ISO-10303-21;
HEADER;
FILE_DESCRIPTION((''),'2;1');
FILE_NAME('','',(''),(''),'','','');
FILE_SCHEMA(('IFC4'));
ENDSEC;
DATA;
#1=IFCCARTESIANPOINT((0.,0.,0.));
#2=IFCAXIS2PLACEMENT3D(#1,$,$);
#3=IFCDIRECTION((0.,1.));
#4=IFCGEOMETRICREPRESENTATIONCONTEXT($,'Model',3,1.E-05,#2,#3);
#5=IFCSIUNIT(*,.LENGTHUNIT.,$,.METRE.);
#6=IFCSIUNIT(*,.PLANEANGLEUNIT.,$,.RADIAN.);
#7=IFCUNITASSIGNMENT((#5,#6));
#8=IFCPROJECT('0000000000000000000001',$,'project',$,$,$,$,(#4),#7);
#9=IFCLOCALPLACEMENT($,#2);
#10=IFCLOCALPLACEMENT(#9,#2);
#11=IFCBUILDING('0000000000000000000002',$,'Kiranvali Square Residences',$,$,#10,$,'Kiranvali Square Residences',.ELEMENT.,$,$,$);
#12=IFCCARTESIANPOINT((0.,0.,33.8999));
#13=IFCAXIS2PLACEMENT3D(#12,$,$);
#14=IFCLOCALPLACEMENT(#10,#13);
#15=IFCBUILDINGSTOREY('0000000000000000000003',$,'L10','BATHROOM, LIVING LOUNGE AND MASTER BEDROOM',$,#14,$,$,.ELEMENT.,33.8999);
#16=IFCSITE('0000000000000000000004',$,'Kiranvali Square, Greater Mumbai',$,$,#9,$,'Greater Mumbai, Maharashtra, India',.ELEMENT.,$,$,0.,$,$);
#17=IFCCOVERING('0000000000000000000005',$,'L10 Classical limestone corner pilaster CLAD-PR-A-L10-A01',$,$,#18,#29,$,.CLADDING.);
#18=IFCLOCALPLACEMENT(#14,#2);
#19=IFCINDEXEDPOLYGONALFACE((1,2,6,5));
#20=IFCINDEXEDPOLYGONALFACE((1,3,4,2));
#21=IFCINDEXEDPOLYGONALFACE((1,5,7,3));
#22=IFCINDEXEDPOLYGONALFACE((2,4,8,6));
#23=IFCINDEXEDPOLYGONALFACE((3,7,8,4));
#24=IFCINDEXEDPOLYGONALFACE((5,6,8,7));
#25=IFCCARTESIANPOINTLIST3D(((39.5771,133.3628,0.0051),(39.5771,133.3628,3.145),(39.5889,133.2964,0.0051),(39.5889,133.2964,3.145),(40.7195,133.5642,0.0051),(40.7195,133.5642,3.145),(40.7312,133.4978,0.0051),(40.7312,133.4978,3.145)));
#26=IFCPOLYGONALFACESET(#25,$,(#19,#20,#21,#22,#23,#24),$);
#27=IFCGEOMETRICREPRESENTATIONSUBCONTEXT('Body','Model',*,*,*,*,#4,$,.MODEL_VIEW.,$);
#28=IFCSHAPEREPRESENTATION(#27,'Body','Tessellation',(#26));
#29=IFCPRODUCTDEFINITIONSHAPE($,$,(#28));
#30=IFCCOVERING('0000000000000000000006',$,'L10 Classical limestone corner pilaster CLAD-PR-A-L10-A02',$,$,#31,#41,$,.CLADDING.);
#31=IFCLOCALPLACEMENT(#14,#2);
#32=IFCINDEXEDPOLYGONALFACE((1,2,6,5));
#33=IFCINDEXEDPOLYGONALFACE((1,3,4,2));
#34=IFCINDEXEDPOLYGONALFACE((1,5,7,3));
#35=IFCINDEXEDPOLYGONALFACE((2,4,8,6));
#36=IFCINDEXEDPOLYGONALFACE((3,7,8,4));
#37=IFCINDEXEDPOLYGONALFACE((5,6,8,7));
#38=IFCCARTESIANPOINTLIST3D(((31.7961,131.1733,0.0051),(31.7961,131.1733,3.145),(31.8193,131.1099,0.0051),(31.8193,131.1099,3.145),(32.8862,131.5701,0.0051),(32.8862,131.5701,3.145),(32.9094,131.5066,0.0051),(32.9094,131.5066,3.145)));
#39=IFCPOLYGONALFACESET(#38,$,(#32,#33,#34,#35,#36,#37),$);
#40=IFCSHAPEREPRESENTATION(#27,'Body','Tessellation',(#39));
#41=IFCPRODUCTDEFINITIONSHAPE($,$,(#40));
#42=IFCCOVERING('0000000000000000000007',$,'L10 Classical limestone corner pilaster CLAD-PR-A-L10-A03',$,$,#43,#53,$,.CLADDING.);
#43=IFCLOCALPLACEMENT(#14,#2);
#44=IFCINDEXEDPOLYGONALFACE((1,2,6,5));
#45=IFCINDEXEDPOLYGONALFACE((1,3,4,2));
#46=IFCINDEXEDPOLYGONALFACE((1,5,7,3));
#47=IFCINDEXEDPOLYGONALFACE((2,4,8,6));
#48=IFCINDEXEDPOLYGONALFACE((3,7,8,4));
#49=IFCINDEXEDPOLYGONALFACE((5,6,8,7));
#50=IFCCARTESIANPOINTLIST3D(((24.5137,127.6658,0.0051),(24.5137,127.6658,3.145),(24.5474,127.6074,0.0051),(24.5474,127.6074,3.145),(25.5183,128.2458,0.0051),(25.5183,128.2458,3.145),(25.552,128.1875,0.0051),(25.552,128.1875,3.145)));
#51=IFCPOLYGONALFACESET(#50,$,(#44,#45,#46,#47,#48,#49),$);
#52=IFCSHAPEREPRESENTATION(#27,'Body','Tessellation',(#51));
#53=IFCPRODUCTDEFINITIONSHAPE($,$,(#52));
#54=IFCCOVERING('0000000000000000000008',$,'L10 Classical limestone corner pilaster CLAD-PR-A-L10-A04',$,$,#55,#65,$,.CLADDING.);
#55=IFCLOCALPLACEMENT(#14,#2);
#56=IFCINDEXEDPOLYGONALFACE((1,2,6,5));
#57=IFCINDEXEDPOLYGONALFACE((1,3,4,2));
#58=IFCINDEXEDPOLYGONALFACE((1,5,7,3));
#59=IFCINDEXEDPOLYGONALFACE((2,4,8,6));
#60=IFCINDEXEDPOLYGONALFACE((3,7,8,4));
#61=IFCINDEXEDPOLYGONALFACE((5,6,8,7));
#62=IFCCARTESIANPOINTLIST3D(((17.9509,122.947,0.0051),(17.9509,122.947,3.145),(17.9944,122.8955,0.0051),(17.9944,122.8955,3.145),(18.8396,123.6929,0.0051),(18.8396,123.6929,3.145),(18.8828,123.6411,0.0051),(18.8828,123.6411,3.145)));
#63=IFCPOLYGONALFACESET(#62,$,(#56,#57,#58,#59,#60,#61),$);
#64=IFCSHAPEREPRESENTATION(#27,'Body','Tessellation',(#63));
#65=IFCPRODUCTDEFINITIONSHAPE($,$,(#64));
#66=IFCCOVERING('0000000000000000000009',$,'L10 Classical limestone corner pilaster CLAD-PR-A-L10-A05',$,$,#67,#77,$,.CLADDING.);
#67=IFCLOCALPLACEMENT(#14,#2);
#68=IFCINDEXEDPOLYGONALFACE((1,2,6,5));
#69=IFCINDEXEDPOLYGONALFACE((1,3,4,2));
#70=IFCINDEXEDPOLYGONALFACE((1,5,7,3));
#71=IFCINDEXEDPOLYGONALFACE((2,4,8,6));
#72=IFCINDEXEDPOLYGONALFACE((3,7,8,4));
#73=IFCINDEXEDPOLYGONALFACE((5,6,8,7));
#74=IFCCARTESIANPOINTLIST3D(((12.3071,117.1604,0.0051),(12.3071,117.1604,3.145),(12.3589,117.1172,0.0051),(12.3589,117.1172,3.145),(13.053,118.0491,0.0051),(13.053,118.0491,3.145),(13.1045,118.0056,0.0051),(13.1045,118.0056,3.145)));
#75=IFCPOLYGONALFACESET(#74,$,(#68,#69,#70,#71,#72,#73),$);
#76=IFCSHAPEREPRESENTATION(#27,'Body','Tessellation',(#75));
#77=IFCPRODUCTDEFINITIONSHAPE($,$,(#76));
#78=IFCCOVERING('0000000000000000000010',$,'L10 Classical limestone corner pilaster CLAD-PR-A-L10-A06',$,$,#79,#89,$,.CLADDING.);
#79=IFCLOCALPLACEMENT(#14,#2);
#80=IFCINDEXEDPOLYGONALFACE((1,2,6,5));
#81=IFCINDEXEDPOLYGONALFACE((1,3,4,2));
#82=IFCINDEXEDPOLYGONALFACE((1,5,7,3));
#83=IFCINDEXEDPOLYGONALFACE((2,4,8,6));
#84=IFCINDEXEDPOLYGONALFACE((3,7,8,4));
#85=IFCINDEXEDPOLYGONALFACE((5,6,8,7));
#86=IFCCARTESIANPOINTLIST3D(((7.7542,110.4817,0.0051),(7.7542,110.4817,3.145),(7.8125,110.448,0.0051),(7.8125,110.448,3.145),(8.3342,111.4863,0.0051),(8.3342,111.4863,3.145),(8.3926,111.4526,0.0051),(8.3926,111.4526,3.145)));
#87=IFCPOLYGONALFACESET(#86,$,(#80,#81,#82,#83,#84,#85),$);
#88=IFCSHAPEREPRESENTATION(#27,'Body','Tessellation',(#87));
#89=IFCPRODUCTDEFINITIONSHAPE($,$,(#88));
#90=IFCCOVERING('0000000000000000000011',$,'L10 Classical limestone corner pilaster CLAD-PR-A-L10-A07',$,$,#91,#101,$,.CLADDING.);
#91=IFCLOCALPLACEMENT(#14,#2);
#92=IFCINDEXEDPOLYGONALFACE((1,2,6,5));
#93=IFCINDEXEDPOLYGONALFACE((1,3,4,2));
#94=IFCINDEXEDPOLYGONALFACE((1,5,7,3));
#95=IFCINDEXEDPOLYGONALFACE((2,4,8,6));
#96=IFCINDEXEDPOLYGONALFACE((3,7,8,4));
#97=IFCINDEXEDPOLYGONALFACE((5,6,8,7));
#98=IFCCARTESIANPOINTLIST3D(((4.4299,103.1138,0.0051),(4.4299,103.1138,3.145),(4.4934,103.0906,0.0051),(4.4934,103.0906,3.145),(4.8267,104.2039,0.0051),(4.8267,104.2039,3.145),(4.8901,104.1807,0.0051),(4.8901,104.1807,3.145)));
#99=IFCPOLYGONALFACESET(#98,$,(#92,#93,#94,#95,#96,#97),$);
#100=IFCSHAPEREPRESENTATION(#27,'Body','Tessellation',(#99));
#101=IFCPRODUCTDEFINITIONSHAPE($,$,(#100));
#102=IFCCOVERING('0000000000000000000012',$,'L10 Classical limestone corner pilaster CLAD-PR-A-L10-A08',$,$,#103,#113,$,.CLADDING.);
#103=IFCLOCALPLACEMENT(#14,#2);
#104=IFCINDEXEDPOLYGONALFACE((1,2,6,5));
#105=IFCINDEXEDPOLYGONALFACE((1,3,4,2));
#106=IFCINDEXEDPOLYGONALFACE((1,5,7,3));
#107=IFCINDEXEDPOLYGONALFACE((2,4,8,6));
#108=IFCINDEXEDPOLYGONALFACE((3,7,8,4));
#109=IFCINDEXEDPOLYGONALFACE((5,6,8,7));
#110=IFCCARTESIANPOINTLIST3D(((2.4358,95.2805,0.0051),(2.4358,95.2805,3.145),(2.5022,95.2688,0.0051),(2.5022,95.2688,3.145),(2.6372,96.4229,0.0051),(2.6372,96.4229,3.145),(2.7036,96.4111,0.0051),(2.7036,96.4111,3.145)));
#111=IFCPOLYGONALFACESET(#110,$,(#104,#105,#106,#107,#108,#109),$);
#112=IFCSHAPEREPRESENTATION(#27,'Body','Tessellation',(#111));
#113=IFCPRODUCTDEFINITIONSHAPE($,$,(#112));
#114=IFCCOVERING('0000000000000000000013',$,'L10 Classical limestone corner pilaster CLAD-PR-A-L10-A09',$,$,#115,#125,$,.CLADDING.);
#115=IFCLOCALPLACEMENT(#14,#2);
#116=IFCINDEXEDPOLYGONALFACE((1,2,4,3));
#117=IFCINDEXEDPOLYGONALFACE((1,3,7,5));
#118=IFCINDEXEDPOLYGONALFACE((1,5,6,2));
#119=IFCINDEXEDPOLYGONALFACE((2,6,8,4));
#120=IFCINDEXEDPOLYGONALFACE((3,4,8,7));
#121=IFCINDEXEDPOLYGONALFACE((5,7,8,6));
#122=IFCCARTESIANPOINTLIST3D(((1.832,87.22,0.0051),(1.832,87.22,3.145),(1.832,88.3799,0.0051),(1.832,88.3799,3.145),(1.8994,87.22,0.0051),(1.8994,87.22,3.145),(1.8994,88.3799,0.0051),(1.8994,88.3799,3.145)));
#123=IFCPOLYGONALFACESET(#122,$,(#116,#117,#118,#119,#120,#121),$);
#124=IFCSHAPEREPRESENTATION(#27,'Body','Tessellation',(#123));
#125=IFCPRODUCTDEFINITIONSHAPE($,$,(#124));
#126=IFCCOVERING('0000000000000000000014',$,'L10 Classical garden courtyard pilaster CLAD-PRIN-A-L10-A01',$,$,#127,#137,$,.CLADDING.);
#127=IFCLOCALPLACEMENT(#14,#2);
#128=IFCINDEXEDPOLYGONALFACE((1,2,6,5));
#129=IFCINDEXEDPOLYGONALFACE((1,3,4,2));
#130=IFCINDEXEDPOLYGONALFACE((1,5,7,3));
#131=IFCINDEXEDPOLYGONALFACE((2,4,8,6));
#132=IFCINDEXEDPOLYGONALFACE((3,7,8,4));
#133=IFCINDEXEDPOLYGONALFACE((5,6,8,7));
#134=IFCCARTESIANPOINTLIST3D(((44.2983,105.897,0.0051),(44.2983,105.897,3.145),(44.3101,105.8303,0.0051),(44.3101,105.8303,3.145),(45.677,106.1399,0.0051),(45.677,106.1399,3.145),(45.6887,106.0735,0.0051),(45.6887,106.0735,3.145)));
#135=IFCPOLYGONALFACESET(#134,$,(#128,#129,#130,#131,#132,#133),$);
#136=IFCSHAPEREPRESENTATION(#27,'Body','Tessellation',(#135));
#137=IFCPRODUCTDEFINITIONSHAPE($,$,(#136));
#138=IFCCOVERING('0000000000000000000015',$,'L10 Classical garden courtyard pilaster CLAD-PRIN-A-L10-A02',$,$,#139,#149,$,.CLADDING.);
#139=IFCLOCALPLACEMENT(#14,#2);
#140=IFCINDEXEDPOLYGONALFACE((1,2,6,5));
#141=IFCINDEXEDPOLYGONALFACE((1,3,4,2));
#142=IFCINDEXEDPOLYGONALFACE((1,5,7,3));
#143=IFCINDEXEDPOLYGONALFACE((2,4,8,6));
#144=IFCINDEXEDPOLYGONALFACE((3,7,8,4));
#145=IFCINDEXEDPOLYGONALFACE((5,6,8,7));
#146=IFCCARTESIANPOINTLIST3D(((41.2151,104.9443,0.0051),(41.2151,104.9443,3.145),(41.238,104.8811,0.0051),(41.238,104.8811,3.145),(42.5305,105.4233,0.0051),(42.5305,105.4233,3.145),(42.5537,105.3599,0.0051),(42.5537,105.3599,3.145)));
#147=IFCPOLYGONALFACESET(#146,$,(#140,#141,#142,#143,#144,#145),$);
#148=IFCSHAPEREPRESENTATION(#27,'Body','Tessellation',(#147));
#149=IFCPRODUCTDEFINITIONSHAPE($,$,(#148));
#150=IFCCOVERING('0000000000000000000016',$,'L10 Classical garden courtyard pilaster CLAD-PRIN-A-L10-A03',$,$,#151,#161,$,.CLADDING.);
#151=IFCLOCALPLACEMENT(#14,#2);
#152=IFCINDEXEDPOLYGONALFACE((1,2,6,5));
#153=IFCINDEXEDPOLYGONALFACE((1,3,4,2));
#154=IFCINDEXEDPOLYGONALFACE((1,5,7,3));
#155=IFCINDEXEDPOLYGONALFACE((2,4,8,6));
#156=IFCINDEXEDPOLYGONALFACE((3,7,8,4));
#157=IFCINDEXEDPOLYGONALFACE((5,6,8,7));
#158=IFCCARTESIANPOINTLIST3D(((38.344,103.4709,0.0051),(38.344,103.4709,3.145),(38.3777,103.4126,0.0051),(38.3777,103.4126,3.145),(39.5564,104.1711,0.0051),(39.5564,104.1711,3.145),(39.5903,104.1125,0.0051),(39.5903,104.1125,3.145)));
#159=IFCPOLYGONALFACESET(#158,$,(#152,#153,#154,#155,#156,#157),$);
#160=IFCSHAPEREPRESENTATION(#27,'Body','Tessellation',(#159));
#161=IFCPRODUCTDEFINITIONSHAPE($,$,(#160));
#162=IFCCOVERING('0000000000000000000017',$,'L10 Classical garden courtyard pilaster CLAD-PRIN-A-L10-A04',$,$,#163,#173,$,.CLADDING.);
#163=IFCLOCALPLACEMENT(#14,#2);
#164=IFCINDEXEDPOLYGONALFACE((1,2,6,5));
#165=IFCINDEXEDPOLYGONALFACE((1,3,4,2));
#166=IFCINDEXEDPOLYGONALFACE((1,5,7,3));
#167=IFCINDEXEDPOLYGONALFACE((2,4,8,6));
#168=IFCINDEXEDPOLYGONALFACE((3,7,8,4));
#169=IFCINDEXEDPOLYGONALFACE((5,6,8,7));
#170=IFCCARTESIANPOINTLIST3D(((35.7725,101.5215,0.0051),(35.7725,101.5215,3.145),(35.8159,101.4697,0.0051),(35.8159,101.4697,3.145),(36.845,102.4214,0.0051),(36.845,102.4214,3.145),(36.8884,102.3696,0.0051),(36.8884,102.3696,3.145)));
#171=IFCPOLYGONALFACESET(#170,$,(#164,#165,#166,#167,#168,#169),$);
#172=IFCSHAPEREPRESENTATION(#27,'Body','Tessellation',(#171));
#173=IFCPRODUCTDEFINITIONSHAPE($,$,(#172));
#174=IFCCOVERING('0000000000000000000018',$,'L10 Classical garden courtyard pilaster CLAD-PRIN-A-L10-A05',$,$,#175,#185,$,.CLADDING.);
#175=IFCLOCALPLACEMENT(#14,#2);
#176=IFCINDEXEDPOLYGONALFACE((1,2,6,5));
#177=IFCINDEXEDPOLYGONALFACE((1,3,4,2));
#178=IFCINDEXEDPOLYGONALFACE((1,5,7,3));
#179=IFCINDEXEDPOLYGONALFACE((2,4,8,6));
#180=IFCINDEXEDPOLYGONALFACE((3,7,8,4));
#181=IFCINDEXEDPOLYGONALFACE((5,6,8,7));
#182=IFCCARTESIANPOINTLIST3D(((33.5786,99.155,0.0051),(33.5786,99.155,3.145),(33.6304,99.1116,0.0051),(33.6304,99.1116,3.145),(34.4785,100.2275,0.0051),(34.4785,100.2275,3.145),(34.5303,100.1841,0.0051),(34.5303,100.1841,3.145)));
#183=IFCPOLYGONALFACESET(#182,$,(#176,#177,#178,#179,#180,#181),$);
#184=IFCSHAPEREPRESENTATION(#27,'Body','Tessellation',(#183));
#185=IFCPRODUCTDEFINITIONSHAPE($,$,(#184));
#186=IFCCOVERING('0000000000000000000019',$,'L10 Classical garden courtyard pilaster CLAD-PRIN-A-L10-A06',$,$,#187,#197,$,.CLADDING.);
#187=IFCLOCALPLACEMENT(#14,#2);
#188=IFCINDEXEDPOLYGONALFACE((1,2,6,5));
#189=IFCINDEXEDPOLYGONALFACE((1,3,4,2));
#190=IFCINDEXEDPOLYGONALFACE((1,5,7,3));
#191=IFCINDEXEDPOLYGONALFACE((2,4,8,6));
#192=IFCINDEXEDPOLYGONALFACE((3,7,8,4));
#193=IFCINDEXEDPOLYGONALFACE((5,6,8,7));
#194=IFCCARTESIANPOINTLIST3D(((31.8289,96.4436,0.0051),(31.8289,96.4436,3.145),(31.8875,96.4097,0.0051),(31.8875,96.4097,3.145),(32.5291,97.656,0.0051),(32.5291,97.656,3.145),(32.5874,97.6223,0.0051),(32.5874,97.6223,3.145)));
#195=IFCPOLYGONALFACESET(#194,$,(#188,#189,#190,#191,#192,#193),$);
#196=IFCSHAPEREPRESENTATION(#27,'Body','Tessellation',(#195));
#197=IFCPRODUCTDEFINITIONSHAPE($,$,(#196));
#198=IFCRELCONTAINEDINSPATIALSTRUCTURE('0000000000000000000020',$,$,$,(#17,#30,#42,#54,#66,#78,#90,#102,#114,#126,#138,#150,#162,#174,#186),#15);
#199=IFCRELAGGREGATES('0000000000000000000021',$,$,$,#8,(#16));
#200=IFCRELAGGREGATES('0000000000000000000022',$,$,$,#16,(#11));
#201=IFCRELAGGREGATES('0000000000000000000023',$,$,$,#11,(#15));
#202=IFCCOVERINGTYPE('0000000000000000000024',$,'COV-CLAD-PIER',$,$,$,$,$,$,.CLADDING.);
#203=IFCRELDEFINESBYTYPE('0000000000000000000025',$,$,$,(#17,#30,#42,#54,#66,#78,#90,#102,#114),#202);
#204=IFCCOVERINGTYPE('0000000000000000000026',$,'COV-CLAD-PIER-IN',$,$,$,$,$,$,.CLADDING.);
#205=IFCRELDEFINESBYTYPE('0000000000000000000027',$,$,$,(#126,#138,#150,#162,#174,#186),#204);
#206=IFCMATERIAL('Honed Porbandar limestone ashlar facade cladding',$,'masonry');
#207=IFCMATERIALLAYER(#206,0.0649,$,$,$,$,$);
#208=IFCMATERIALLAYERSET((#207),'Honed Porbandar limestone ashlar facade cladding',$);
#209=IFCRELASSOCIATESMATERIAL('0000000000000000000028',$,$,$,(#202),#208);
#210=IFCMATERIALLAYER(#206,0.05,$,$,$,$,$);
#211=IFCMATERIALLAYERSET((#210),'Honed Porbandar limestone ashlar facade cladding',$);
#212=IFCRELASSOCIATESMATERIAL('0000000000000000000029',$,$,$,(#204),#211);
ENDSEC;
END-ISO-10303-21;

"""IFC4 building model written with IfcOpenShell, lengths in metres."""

from ifc_helpers import new_model, si_unit, direction, frame, origin, place, context, subcontext, project, spatial, polyline, outline, extrude, material, layer, layer_set, type_object, element, save


model = new_model("IFC4")

# Units and contexts
model_context = context("Model", 3, precision=1e-05, world=origin(), true_north=direction((0.0, 1.0)))
body_context = subcontext(model_context, "Body", "Model", "MODEL_VIEW")
ifc_project = project(units=[si_unit("LENGTHUNIT", "METRE"), si_unit("PLANEANGLEUNIT", "RADIAN")], contexts=[model_context])

# Site, building, storey
site_placement = place(None, origin())
site = spatial("IfcSite", under=ifc_project, at=site_placement, Name="Kiranvali Square, Greater Mumbai", LongName="Greater Mumbai, Maharashtra, India", CompositionType="ELEMENT", RefElevation=0.0)
building_placement = place(site_placement, origin())
building = spatial("IfcBuilding", under=site, at=building_placement, Name="Kiranvali Square Residences", LongName="Kiranvali Square Residences", CompositionType="ELEMENT")
storey_placement = place(building_placement, frame((0.0, 0.0, 33.8999)))
storey = spatial("IfcBuildingStorey", under=building, at=storey_placement, Name="L10", Description="BATHROOM, LIVING LOUNGE AND MASTER BEDROOM", CompositionType="ELEMENT", Elevation=33.8999)

# Coverings
ifc_material = material(Name="Honed Porbandar limestone ashlar facade cladding", Category="masonry")
ifc_layer_1 = layer(ifc_material, 0.0649)
ifc_layer_set_1 = layer_set([ifc_layer_1], Name="Honed Porbandar limestone ashlar facade cladding")
covering_type_1 = type_object("IfcCoveringType", Name="COV-CLAD-PIER", PredefinedType="CLADDING", material=ifc_layer_set_1)
covering_1_placement = place(storey_placement, frame((0.0, 0.0, 0.0051)))
element("IfcCovering", 1, at=covering_1_placement, inside=storey, type_object=covering_type_1, Name="L10 Classical limestone corner pilaster CLAD-PR-A-L10-A01", PredefinedType="CLADDING", context=body_context, shape_type="SweptSolid", body=[
    extrude(outline(polyline([(40.7195, 133.5642), (39.5771, 133.3628), (39.5889, 133.2964), (40.7312, 133.4978), (40.7195, 133.5642)])), origin(), (0.0, 0.0, 1.0), 3.1399),
])
covering_2_placement = place(storey_placement, frame((0.0, 0.0, 0.0051)))
element("IfcCovering", 2, at=covering_2_placement, inside=storey, type_object=covering_type_1, Name="L10 Classical limestone corner pilaster CLAD-PR-A-L10-A02", PredefinedType="CLADDING", context=body_context, shape_type="SweptSolid", body=[
    extrude(outline(polyline([(32.8862, 131.5701), (31.7961, 131.1733), (31.8193, 131.1099), (32.9094, 131.5066), (32.8862, 131.5701)])), origin(), (0.0, 0.0, 1.0), 3.1399),
])
covering_3_placement = place(storey_placement, frame((0.0, 0.0, 0.0051)))
element("IfcCovering", 3, at=covering_3_placement, inside=storey, type_object=covering_type_1, Name="L10 Classical limestone corner pilaster CLAD-PR-A-L10-A03", PredefinedType="CLADDING", context=body_context, shape_type="SweptSolid", body=[
    extrude(outline(polyline([(25.5183, 128.2458), (24.5137, 127.6658), (24.5474, 127.6074), (25.552, 128.1875), (25.5183, 128.2458)])), origin(), (0.0, 0.0, 1.0), 3.1399),
])
covering_4_placement = place(storey_placement, frame((0.0, 0.0, 0.0051)))
element("IfcCovering", 4, at=covering_4_placement, inside=storey, type_object=covering_type_1, Name="L10 Classical limestone corner pilaster CLAD-PR-A-L10-A04", PredefinedType="CLADDING", context=body_context, shape_type="SweptSolid", body=[
    extrude(outline(polyline([(18.8396, 123.6929), (17.9509, 122.947), (17.9944, 122.8955), (18.8828, 123.6411), (18.8396, 123.6929)])), origin(), (0.0, 0.0, 1.0), 3.1399),
])
covering_5_placement = place(storey_placement, frame((0.0, 0.0, 0.0051)))
element("IfcCovering", 5, at=covering_5_placement, inside=storey, type_object=covering_type_1, Name="L10 Classical limestone corner pilaster CLAD-PR-A-L10-A05", PredefinedType="CLADDING", context=body_context, shape_type="SweptSolid", body=[
    extrude(outline(polyline([(13.053, 118.0491), (12.3071, 117.1604), (12.3589, 117.1172), (13.1045, 118.0056), (13.053, 118.0491)])), origin(), (0.0, 0.0, 1.0), 3.1399),
])
covering_6_placement = place(storey_placement, frame((0.0, 0.0, 0.0051)))
element("IfcCovering", 6, at=covering_6_placement, inside=storey, type_object=covering_type_1, Name="L10 Classical limestone corner pilaster CLAD-PR-A-L10-A06", PredefinedType="CLADDING", context=body_context, shape_type="SweptSolid", body=[
    extrude(outline(polyline([(8.3342, 111.4863), (7.7542, 110.4817), (7.8125, 110.448), (8.3926, 111.4526), (8.3342, 111.4863)])), origin(), (0.0, 0.0, 1.0), 3.1399),
])
covering_7_placement = place(storey_placement, frame((0.0, 0.0, 0.0051)))
element("IfcCovering", 7, at=covering_7_placement, inside=storey, type_object=covering_type_1, Name="L10 Classical limestone corner pilaster CLAD-PR-A-L10-A07", PredefinedType="CLADDING", context=body_context, shape_type="SweptSolid", body=[
    extrude(outline(polyline([(4.8267, 104.2039), (4.4299, 103.1138), (4.4934, 103.0906), (4.8901, 104.1807), (4.8267, 104.2039)])), origin(), (0.0, 0.0, 1.0), 3.1399),
])
covering_8_placement = place(storey_placement, frame((0.0, 0.0, 0.0051)))
element("IfcCovering", 8, at=covering_8_placement, inside=storey, type_object=covering_type_1, Name="L10 Classical limestone corner pilaster CLAD-PR-A-L10-A08", PredefinedType="CLADDING", context=body_context, shape_type="SweptSolid", body=[
    extrude(outline(polyline([(2.6372, 96.4229), (2.4358, 95.2805), (2.5022, 95.2688), (2.7036, 96.4111), (2.6372, 96.4229)])), origin(), (0.0, 0.0, 1.0), 3.1399),
])
covering_9_placement = place(storey_placement, frame((0.0, 0.0, 0.0051)))
element("IfcCovering", 9, at=covering_9_placement, inside=storey, type_object=covering_type_1, Name="L10 Classical limestone corner pilaster CLAD-PR-A-L10-A09", PredefinedType="CLADDING", context=body_context, shape_type="SweptSolid", body=[
    extrude(outline(polyline([(1.832, 88.3799), (1.832, 87.22), (1.8994, 87.22), (1.8994, 88.3799), (1.832, 88.3799)])), origin(), (0.0, 0.0, 1.0), 3.1399),
])
ifc_layer_2 = layer(ifc_material, 0.05)
ifc_layer_set_2 = layer_set([ifc_layer_2], Name="Honed Porbandar limestone ashlar facade cladding")
covering_type_2 = type_object("IfcCoveringType", Name="COV-CLAD-PIER-IN", PredefinedType="CLADDING", material=ifc_layer_set_2)
covering_10_placement = place(storey_placement, frame((0.0, 0.0, 0.0051)))
element("IfcCovering", 10, at=covering_10_placement, inside=storey, type_object=covering_type_2, Name="L10 Classical garden courtyard pilaster CLAD-PRIN-A-L10-A01", PredefinedType="CLADDING", context=body_context, shape_type="SweptSolid", body=[
    extrude(outline(polyline([(44.3101, 105.8303), (45.6887, 106.0735), (45.677, 106.1399), (44.2983, 105.897), (44.3101, 105.8303)])), origin(), (0.0, 0.0, 1.0), 3.1399),
])
covering_11_placement = place(storey_placement, frame((0.0, 0.0, 0.0051)))
element("IfcCovering", 11, at=covering_11_placement, inside=storey, type_object=covering_type_2, Name="L10 Classical garden courtyard pilaster CLAD-PRIN-A-L10-A02", PredefinedType="CLADDING", context=body_context, shape_type="SweptSolid", body=[
    extrude(outline(polyline([(41.238, 104.8811), (42.5537, 105.3599), (42.5305, 105.4233), (41.2151, 104.9443), (41.238, 104.8811)])), origin(), (0.0, 0.0, 1.0), 3.1399),
])
covering_12_placement = place(storey_placement, frame((0.0, 0.0, 0.0051)))
element("IfcCovering", 12, at=covering_12_placement, inside=storey, type_object=covering_type_2, Name="L10 Classical garden courtyard pilaster CLAD-PRIN-A-L10-A03", PredefinedType="CLADDING", context=body_context, shape_type="SweptSolid", body=[
    extrude(outline(polyline([(38.3777, 103.4126), (39.5903, 104.1125), (39.5564, 104.1711), (38.344, 103.4709), (38.3777, 103.4126)])), origin(), (0.0, 0.0, 1.0), 3.1399),
])
covering_13_placement = place(storey_placement, frame((0.0, 0.0, 0.0051)))
element("IfcCovering", 13, at=covering_13_placement, inside=storey, type_object=covering_type_2, Name="L10 Classical garden courtyard pilaster CLAD-PRIN-A-L10-A04", PredefinedType="CLADDING", context=body_context, shape_type="SweptSolid", body=[
    extrude(outline(polyline([(35.8159, 101.4697), (36.8884, 102.3696), (36.845, 102.4214), (35.7725, 101.5215), (35.8159, 101.4697)])), origin(), (0.0, 0.0, 1.0), 3.1399),
])
covering_14_placement = place(storey_placement, frame((0.0, 0.0, 0.0051)))
element("IfcCovering", 14, at=covering_14_placement, inside=storey, type_object=covering_type_2, Name="L10 Classical garden courtyard pilaster CLAD-PRIN-A-L10-A05", PredefinedType="CLADDING", context=body_context, shape_type="SweptSolid", body=[
    extrude(outline(polyline([(33.6304, 99.1116), (34.5303, 100.1841), (34.4785, 100.2275), (33.5786, 99.155), (33.6304, 99.1116)])), origin(), (0.0, 0.0, 1.0), 3.1399),
])
covering_15_placement = place(storey_placement, frame((0.0, 0.0, 0.0051)))
element("IfcCovering", 15, at=covering_15_placement, inside=storey, type_object=covering_type_2, Name="L10 Classical garden courtyard pilaster CLAD-PRIN-A-L10-A06", PredefinedType="CLADDING", context=body_context, shape_type="SweptSolid", body=[
    extrude(outline(polyline([(31.8875, 96.4097), (32.5874, 97.6223), (32.5291, 97.656), (31.8289, 96.4436), (31.8875, 96.4097)])), origin(), (0.0, 0.0, 1.0), 3.1399),
])

save(model, "model.ifc")
